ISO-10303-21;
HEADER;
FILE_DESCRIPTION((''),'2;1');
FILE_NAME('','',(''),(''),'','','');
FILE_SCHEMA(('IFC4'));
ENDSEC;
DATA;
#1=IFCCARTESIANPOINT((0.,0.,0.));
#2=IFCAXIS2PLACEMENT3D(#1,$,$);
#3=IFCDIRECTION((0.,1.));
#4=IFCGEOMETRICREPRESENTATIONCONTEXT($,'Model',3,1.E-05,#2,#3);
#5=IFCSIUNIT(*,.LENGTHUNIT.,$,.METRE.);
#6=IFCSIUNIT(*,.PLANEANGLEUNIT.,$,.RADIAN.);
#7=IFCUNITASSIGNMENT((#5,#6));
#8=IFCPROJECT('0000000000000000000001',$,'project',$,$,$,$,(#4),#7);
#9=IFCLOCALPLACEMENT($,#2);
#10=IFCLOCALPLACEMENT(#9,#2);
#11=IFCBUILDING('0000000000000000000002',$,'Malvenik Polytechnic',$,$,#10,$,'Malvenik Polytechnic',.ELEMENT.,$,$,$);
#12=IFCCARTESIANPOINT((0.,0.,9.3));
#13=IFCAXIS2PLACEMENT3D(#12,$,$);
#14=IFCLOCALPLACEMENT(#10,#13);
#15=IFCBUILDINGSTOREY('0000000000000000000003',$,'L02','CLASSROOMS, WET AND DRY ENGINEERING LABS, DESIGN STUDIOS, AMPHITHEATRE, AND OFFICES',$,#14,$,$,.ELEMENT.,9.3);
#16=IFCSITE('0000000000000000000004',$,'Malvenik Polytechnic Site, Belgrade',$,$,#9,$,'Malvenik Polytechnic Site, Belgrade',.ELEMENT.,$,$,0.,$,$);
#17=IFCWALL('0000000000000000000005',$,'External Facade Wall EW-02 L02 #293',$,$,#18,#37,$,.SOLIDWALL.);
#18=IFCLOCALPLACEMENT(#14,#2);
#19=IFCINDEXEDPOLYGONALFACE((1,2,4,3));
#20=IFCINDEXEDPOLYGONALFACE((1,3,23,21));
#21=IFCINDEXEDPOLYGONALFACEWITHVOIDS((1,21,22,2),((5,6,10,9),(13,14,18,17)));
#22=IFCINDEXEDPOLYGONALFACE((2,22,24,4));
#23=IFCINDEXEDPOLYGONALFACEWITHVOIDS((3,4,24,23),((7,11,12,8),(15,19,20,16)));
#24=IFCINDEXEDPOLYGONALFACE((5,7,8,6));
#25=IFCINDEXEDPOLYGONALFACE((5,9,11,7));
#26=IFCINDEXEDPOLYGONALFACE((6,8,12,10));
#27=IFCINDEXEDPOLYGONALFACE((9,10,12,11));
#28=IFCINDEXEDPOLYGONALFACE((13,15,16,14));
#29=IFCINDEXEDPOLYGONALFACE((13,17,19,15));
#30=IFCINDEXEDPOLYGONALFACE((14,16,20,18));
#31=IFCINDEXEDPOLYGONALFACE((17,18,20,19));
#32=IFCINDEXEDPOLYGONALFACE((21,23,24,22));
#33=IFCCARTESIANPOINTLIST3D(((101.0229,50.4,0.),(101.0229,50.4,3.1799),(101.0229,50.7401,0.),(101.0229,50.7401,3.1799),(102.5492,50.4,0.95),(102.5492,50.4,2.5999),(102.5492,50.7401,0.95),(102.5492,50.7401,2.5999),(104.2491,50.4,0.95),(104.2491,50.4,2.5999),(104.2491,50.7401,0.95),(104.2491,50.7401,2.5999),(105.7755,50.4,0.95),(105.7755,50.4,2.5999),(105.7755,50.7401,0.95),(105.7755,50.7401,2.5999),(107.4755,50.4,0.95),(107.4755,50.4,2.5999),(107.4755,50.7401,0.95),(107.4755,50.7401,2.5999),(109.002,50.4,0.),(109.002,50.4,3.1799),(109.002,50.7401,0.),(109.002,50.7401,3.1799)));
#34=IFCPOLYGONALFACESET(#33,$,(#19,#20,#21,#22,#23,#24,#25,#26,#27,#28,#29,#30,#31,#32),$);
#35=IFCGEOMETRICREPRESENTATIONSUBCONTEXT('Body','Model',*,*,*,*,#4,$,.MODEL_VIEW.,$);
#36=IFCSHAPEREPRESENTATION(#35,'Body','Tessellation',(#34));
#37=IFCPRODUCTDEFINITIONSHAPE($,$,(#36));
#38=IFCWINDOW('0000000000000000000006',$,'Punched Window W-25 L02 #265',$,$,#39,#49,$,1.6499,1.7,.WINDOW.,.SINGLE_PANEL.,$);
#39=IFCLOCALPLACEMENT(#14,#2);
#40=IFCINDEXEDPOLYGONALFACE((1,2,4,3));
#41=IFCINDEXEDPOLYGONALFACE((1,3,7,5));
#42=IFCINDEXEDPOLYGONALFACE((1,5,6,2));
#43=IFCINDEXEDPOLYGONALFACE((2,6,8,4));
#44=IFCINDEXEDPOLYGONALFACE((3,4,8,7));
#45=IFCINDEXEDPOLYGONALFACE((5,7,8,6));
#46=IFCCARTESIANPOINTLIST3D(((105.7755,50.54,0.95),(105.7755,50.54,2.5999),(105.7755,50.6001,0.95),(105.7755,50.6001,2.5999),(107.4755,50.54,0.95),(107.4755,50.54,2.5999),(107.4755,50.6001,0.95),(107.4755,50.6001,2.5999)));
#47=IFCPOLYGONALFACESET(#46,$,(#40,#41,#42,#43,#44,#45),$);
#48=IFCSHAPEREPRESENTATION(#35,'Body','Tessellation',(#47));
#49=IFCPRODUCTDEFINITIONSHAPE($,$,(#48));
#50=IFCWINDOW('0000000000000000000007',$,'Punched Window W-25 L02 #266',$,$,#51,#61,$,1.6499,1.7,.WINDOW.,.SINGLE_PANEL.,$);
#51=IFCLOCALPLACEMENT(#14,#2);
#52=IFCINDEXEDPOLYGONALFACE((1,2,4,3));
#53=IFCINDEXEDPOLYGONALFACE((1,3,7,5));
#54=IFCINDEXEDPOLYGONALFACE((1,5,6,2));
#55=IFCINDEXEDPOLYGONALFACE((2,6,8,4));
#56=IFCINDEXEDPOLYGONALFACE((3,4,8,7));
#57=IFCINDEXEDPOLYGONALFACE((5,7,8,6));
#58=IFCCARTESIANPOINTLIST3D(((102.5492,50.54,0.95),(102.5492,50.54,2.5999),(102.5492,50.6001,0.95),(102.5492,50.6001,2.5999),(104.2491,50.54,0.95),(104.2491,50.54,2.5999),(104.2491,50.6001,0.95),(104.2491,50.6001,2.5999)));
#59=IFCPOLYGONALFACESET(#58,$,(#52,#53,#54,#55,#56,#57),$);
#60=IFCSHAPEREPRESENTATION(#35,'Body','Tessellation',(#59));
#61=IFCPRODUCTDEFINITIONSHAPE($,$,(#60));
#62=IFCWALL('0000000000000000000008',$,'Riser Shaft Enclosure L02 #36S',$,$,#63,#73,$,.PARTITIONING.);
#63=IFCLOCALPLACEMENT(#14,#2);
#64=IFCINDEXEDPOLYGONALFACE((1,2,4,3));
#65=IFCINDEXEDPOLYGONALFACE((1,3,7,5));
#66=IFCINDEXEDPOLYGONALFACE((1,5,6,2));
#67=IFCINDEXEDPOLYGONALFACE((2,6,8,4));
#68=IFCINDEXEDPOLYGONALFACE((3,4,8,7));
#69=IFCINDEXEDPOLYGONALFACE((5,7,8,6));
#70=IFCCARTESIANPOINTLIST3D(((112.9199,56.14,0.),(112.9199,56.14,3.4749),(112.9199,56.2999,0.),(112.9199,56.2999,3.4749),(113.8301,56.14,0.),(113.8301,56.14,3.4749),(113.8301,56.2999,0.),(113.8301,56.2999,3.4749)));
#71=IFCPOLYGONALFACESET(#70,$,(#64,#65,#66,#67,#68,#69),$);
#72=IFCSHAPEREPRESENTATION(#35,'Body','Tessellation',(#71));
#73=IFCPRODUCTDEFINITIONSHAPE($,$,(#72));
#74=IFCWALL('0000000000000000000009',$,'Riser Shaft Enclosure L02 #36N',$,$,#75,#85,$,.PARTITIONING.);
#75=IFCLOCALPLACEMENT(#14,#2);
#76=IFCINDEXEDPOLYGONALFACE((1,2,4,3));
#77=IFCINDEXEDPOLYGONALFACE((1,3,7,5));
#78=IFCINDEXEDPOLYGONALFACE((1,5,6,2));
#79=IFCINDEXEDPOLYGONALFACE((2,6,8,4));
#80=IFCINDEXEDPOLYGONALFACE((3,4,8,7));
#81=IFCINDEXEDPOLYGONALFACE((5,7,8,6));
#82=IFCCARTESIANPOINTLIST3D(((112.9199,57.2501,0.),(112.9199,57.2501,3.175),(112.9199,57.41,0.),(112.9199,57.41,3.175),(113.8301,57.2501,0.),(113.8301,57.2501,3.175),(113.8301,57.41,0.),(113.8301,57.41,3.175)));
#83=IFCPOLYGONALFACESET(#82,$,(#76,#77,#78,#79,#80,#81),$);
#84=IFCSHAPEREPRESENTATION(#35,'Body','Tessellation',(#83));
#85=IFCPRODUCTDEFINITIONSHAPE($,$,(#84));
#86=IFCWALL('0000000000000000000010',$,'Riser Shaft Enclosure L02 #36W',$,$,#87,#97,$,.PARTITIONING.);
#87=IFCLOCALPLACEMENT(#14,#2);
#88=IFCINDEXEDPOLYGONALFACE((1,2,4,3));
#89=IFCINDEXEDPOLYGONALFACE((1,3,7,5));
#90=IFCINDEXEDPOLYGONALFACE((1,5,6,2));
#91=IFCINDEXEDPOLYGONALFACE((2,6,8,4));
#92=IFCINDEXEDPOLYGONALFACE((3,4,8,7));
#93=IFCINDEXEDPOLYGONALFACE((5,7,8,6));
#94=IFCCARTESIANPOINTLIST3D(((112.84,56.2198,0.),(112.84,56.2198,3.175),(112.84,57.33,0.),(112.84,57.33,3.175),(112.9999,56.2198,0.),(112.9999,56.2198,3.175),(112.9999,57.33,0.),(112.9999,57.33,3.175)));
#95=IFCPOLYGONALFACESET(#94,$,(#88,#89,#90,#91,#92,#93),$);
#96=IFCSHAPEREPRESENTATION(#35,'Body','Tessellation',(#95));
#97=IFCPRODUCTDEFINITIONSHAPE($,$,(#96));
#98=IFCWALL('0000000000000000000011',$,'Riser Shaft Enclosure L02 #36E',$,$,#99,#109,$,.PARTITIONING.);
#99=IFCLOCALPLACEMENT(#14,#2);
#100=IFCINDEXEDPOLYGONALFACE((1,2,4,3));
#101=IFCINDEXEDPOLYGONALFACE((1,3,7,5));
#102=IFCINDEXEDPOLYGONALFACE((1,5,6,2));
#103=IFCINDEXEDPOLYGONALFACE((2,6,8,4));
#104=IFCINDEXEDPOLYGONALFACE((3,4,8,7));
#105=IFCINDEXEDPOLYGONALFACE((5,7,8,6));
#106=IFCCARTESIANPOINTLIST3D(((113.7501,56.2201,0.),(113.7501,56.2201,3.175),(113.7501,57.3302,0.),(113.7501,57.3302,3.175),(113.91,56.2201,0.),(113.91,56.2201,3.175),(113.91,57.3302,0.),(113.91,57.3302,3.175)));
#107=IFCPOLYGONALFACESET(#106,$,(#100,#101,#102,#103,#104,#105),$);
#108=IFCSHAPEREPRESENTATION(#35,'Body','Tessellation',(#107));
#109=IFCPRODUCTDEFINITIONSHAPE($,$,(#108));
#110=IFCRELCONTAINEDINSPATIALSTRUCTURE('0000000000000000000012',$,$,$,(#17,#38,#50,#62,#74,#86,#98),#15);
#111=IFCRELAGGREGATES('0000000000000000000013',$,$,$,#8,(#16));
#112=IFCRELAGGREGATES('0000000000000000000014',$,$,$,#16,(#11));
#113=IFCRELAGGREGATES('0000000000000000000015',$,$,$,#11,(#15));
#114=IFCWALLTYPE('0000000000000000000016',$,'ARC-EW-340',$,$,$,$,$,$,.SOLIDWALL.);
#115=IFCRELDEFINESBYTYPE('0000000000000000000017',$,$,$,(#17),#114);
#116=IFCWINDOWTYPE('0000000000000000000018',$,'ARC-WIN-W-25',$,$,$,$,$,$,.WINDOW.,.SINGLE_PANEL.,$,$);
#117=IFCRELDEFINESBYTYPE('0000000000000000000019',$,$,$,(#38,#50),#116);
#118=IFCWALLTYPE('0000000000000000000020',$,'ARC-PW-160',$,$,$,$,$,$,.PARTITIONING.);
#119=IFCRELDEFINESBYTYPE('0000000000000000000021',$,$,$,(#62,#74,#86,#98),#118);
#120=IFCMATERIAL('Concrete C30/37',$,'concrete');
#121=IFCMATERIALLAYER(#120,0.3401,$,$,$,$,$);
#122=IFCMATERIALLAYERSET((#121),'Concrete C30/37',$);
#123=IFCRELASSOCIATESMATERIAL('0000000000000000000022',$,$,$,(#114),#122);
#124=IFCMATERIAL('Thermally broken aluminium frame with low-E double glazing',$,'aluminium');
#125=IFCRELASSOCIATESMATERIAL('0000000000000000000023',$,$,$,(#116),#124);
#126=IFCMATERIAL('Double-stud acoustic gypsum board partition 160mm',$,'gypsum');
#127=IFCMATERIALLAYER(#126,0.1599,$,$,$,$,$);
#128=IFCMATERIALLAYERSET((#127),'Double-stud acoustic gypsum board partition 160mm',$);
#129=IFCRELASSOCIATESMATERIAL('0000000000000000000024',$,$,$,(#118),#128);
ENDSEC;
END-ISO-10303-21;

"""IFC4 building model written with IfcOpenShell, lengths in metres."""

from ifc_helpers import new_model, si_unit, direction, frame, frame_2d, origin, place, context, subcontext, project, spatial, rectangle, extrude, material, layer, layer_set, type_object, element, fill, save


model = new_model("IFC4")

# Units and contexts
model_context = context("Model", 3, precision=1e-05, world=origin(), true_north=direction((0.0, 1.0)))
body_context = subcontext(model_context, "Body", "Model", "MODEL_VIEW")
ifc_project = project(units=[si_unit("LENGTHUNIT", "METRE"), si_unit("PLANEANGLEUNIT", "RADIAN")], contexts=[model_context])

# Site, building, storey
site_placement = place(None, origin())
site = spatial("IfcSite", under=ifc_project, at=site_placement, Name="Malvenik Polytechnic Site, Belgrade", LongName="Malvenik Polytechnic Site, Belgrade", CompositionType="ELEMENT", RefElevation=0.0)
building_placement = place(site_placement, origin())
building = spatial("IfcBuilding", under=site, at=building_placement, Name="Malvenik Polytechnic", LongName="Malvenik Polytechnic", CompositionType="ELEMENT")
storey_placement = place(building_placement, frame((0.0, 0.0, 9.3)))
storey = spatial("IfcBuildingStorey", under=building, at=storey_placement, Name="L02", Description="CLASSROOMS, WET AND DRY ENGINEERING LABS, DESIGN STUDIOS, AMPHITHEATRE, AND OFFICES", CompositionType="ELEMENT", Elevation=9.3)

# Shared definitions
ifc_material_1 = material(Name="Concrete C30/37", Category="concrete")

# Shared definitions
ifc_layer_1 = layer(ifc_material_1, 0.3401)
ifc_layer_set_1 = layer_set([ifc_layer_1], Name="Concrete C30/37")
wall_type_1 = type_object("IfcWallType", Name="ARC-EW-340", PredefinedType="SOLIDWALL", material=ifc_layer_set_1)
ifc_material_2 = material(Name="Thermally broken aluminium frame with low-E double glazing", Category="aluminium")

# Wall, openings, windows
wall_1_placement = place(storey_placement, frame((109.002, 50.5701, 0.0), z_axis=(0.0, 0.0, 1.0), x_axis=(-1.0, 0.0, 0.0)))
wall_1 = element("IfcWall", 1, at=wall_1_placement, inside=storey, type_object=wall_type_1, Name="External Facade Wall EW-02 L02 #293", PredefinedType="SOLIDWALL", context=body_context, shape_type="SweptSolid", body=[
    extrude(rectangle(XDim=7.979, YDim=0.3401, at=frame_2d((3.9895, 0.0))), origin(), (0.0, 0.0, 1.0), 3.1799),
])
opening_1_placement = place(wall_1_placement, frame((1.5264, 0.0, 0.95)))
opening_1 = element("IfcOpeningElement", 2, at=opening_1_placement, cuts=wall_1, PredefinedType="OPENING", context=body_context, shape_type="SweptSolid", body=[
    extrude(rectangle(XDim=1.7, YDim=1.6499, at=frame_2d((0.8501, 0.825))), frame((0.0, 0.1802, 0.0), z_axis=(0.0, -1.0, 0.0), x_axis=(1.0, 0.0, 0.0)), (0.0, 0.0, 1.0), 0.3601),
])
opening_2_placement = place(wall_1_placement, frame((4.7527, 0.0, 0.95)))
opening_2 = element("IfcOpeningElement", 3, at=opening_2_placement, cuts=wall_1, PredefinedType="OPENING", context=body_context, shape_type="SweptSolid", body=[
    extrude(rectangle(XDim=1.7, YDim=1.6499, at=frame_2d((0.8501, 0.825))), frame((0.0, 0.1802, 0.0), z_axis=(0.0, -1.0, 0.0), x_axis=(1.0, 0.0, 0.0)), (0.0, 0.0, 1.0), 0.3601),
])
window_type_1 = type_object("IfcWindowType", Name="ARC-WIN-W-25", PartitioningType="SINGLE_PANEL", PredefinedType="WINDOW", material=ifc_material_2)
window_1_placement = place(opening_1_placement, origin())
window_1 = element("IfcWindow", 4, at=window_1_placement, inside=storey, type_object=window_type_1, Name="Punched Window W-25 L02 #265", OverallHeight=1.6499, OverallWidth=1.7, PartitioningType="SINGLE_PANEL", PredefinedType="WINDOW", context=body_context, shape_type="SweptSolid", body=[
    extrude(rectangle(XDim=1.7, YDim=1.6499, at=frame_2d((0.8501, 0.825))), frame((0.0, 0.03, 0.0), z_axis=(0.0, -1.0, 0.0), x_axis=(1.0, 0.0, 0.0)), (0.0, 0.0, 1.0), 0.0601),
])
fill(opening_1, window_1)
window_2_placement = place(opening_2_placement, origin())
window_2 = element("IfcWindow", 5, at=window_2_placement, inside=storey, type_object=window_type_1, Name="Punched Window W-25 L02 #266", OverallHeight=1.6499, OverallWidth=1.7, PartitioningType="SINGLE_PANEL", PredefinedType="WINDOW", context=body_context, shape_type="SweptSolid", body=[
    extrude(rectangle(XDim=1.7, YDim=1.6499, at=frame_2d((0.8501, 0.825))), frame((0.0, 0.03, 0.0), z_axis=(0.0, -1.0, 0.0), x_axis=(1.0, 0.0, 0.0)), (0.0, 0.0, 1.0), 0.0601),
])
fill(opening_2, window_2)

# Walls
ifc_material_3 = material(Name="Double-stud acoustic gypsum board partition 160mm", Category="gypsum")
ifc_layer_2 = layer(ifc_material_3, 0.1599)
ifc_layer_set_2 = layer_set([ifc_layer_2], Name="Double-stud acoustic gypsum board partition 160mm")
wall_type_2 = type_object("IfcWallType", Name="ARC-PW-160", PredefinedType="PARTITIONING", material=ifc_layer_set_2)
wall_2_placement = place(storey_placement, frame((112.9199, 56.22, 0.0), z_axis=(0.0, 0.0, 1.0), x_axis=(1.0, 0.0, 0.0)))
element("IfcWall", 6, at=wall_2_placement, inside=storey, type_object=wall_type_2, Name="Riser Shaft Enclosure L02 #36S", PredefinedType="PARTITIONING", context=body_context, shape_type="SweptSolid", body=[
    extrude(rectangle(XDim=0.9102, YDim=0.1599, at=frame_2d((0.4551, 0.0))), origin(), (0.0, 0.0, 1.0), 3.4749),
])
wall_3_placement = place(storey_placement, frame((113.8301, 57.3301, 0.0), z_axis=(0.0, 0.0, 1.0), x_axis=(-1.0, 0.0, 0.0)))
element("IfcWall", 7, at=wall_3_placement, inside=storey, type_object=wall_type_2, Name="Riser Shaft Enclosure L02 #36N", PredefinedType="PARTITIONING", context=body_context, shape_type="SweptSolid", body=[
    extrude(rectangle(XDim=0.9102, YDim=0.1599, at=frame_2d((0.4551, 0.0))), origin(), (0.0, 0.0, 1.0), 3.175),
])
for number, where, z_axis, x_axis, name in (
    (8, (112.9199, 57.3301, 0.0), (0.0, 0.0, 1.0), (0.0, -1.0, 0.0), "Riser Shaft Enclosure L02 #36W"),
    (9, (113.8301, 56.22, 0.0), (0.0, 0.0, 1.0), (0.0, 1.0, 0.0), "Riser Shaft Enclosure L02 #36E"),
):
    element("IfcWall", number, at=place(storey_placement, frame(where, z_axis=z_axis, x_axis=x_axis)), inside=storey, type_object=wall_type_2, Name=name, PredefinedType="PARTITIONING", context=body_context, shape_type="SweptSolid", body=[
        extrude(rectangle(XDim=1.1101, YDim=0.1599, at=frame_2d((0.5552, 0.0))), origin(), (0.0, 0.0, 1.0), 3.175),
    ])

save(model, "model.ifc")
